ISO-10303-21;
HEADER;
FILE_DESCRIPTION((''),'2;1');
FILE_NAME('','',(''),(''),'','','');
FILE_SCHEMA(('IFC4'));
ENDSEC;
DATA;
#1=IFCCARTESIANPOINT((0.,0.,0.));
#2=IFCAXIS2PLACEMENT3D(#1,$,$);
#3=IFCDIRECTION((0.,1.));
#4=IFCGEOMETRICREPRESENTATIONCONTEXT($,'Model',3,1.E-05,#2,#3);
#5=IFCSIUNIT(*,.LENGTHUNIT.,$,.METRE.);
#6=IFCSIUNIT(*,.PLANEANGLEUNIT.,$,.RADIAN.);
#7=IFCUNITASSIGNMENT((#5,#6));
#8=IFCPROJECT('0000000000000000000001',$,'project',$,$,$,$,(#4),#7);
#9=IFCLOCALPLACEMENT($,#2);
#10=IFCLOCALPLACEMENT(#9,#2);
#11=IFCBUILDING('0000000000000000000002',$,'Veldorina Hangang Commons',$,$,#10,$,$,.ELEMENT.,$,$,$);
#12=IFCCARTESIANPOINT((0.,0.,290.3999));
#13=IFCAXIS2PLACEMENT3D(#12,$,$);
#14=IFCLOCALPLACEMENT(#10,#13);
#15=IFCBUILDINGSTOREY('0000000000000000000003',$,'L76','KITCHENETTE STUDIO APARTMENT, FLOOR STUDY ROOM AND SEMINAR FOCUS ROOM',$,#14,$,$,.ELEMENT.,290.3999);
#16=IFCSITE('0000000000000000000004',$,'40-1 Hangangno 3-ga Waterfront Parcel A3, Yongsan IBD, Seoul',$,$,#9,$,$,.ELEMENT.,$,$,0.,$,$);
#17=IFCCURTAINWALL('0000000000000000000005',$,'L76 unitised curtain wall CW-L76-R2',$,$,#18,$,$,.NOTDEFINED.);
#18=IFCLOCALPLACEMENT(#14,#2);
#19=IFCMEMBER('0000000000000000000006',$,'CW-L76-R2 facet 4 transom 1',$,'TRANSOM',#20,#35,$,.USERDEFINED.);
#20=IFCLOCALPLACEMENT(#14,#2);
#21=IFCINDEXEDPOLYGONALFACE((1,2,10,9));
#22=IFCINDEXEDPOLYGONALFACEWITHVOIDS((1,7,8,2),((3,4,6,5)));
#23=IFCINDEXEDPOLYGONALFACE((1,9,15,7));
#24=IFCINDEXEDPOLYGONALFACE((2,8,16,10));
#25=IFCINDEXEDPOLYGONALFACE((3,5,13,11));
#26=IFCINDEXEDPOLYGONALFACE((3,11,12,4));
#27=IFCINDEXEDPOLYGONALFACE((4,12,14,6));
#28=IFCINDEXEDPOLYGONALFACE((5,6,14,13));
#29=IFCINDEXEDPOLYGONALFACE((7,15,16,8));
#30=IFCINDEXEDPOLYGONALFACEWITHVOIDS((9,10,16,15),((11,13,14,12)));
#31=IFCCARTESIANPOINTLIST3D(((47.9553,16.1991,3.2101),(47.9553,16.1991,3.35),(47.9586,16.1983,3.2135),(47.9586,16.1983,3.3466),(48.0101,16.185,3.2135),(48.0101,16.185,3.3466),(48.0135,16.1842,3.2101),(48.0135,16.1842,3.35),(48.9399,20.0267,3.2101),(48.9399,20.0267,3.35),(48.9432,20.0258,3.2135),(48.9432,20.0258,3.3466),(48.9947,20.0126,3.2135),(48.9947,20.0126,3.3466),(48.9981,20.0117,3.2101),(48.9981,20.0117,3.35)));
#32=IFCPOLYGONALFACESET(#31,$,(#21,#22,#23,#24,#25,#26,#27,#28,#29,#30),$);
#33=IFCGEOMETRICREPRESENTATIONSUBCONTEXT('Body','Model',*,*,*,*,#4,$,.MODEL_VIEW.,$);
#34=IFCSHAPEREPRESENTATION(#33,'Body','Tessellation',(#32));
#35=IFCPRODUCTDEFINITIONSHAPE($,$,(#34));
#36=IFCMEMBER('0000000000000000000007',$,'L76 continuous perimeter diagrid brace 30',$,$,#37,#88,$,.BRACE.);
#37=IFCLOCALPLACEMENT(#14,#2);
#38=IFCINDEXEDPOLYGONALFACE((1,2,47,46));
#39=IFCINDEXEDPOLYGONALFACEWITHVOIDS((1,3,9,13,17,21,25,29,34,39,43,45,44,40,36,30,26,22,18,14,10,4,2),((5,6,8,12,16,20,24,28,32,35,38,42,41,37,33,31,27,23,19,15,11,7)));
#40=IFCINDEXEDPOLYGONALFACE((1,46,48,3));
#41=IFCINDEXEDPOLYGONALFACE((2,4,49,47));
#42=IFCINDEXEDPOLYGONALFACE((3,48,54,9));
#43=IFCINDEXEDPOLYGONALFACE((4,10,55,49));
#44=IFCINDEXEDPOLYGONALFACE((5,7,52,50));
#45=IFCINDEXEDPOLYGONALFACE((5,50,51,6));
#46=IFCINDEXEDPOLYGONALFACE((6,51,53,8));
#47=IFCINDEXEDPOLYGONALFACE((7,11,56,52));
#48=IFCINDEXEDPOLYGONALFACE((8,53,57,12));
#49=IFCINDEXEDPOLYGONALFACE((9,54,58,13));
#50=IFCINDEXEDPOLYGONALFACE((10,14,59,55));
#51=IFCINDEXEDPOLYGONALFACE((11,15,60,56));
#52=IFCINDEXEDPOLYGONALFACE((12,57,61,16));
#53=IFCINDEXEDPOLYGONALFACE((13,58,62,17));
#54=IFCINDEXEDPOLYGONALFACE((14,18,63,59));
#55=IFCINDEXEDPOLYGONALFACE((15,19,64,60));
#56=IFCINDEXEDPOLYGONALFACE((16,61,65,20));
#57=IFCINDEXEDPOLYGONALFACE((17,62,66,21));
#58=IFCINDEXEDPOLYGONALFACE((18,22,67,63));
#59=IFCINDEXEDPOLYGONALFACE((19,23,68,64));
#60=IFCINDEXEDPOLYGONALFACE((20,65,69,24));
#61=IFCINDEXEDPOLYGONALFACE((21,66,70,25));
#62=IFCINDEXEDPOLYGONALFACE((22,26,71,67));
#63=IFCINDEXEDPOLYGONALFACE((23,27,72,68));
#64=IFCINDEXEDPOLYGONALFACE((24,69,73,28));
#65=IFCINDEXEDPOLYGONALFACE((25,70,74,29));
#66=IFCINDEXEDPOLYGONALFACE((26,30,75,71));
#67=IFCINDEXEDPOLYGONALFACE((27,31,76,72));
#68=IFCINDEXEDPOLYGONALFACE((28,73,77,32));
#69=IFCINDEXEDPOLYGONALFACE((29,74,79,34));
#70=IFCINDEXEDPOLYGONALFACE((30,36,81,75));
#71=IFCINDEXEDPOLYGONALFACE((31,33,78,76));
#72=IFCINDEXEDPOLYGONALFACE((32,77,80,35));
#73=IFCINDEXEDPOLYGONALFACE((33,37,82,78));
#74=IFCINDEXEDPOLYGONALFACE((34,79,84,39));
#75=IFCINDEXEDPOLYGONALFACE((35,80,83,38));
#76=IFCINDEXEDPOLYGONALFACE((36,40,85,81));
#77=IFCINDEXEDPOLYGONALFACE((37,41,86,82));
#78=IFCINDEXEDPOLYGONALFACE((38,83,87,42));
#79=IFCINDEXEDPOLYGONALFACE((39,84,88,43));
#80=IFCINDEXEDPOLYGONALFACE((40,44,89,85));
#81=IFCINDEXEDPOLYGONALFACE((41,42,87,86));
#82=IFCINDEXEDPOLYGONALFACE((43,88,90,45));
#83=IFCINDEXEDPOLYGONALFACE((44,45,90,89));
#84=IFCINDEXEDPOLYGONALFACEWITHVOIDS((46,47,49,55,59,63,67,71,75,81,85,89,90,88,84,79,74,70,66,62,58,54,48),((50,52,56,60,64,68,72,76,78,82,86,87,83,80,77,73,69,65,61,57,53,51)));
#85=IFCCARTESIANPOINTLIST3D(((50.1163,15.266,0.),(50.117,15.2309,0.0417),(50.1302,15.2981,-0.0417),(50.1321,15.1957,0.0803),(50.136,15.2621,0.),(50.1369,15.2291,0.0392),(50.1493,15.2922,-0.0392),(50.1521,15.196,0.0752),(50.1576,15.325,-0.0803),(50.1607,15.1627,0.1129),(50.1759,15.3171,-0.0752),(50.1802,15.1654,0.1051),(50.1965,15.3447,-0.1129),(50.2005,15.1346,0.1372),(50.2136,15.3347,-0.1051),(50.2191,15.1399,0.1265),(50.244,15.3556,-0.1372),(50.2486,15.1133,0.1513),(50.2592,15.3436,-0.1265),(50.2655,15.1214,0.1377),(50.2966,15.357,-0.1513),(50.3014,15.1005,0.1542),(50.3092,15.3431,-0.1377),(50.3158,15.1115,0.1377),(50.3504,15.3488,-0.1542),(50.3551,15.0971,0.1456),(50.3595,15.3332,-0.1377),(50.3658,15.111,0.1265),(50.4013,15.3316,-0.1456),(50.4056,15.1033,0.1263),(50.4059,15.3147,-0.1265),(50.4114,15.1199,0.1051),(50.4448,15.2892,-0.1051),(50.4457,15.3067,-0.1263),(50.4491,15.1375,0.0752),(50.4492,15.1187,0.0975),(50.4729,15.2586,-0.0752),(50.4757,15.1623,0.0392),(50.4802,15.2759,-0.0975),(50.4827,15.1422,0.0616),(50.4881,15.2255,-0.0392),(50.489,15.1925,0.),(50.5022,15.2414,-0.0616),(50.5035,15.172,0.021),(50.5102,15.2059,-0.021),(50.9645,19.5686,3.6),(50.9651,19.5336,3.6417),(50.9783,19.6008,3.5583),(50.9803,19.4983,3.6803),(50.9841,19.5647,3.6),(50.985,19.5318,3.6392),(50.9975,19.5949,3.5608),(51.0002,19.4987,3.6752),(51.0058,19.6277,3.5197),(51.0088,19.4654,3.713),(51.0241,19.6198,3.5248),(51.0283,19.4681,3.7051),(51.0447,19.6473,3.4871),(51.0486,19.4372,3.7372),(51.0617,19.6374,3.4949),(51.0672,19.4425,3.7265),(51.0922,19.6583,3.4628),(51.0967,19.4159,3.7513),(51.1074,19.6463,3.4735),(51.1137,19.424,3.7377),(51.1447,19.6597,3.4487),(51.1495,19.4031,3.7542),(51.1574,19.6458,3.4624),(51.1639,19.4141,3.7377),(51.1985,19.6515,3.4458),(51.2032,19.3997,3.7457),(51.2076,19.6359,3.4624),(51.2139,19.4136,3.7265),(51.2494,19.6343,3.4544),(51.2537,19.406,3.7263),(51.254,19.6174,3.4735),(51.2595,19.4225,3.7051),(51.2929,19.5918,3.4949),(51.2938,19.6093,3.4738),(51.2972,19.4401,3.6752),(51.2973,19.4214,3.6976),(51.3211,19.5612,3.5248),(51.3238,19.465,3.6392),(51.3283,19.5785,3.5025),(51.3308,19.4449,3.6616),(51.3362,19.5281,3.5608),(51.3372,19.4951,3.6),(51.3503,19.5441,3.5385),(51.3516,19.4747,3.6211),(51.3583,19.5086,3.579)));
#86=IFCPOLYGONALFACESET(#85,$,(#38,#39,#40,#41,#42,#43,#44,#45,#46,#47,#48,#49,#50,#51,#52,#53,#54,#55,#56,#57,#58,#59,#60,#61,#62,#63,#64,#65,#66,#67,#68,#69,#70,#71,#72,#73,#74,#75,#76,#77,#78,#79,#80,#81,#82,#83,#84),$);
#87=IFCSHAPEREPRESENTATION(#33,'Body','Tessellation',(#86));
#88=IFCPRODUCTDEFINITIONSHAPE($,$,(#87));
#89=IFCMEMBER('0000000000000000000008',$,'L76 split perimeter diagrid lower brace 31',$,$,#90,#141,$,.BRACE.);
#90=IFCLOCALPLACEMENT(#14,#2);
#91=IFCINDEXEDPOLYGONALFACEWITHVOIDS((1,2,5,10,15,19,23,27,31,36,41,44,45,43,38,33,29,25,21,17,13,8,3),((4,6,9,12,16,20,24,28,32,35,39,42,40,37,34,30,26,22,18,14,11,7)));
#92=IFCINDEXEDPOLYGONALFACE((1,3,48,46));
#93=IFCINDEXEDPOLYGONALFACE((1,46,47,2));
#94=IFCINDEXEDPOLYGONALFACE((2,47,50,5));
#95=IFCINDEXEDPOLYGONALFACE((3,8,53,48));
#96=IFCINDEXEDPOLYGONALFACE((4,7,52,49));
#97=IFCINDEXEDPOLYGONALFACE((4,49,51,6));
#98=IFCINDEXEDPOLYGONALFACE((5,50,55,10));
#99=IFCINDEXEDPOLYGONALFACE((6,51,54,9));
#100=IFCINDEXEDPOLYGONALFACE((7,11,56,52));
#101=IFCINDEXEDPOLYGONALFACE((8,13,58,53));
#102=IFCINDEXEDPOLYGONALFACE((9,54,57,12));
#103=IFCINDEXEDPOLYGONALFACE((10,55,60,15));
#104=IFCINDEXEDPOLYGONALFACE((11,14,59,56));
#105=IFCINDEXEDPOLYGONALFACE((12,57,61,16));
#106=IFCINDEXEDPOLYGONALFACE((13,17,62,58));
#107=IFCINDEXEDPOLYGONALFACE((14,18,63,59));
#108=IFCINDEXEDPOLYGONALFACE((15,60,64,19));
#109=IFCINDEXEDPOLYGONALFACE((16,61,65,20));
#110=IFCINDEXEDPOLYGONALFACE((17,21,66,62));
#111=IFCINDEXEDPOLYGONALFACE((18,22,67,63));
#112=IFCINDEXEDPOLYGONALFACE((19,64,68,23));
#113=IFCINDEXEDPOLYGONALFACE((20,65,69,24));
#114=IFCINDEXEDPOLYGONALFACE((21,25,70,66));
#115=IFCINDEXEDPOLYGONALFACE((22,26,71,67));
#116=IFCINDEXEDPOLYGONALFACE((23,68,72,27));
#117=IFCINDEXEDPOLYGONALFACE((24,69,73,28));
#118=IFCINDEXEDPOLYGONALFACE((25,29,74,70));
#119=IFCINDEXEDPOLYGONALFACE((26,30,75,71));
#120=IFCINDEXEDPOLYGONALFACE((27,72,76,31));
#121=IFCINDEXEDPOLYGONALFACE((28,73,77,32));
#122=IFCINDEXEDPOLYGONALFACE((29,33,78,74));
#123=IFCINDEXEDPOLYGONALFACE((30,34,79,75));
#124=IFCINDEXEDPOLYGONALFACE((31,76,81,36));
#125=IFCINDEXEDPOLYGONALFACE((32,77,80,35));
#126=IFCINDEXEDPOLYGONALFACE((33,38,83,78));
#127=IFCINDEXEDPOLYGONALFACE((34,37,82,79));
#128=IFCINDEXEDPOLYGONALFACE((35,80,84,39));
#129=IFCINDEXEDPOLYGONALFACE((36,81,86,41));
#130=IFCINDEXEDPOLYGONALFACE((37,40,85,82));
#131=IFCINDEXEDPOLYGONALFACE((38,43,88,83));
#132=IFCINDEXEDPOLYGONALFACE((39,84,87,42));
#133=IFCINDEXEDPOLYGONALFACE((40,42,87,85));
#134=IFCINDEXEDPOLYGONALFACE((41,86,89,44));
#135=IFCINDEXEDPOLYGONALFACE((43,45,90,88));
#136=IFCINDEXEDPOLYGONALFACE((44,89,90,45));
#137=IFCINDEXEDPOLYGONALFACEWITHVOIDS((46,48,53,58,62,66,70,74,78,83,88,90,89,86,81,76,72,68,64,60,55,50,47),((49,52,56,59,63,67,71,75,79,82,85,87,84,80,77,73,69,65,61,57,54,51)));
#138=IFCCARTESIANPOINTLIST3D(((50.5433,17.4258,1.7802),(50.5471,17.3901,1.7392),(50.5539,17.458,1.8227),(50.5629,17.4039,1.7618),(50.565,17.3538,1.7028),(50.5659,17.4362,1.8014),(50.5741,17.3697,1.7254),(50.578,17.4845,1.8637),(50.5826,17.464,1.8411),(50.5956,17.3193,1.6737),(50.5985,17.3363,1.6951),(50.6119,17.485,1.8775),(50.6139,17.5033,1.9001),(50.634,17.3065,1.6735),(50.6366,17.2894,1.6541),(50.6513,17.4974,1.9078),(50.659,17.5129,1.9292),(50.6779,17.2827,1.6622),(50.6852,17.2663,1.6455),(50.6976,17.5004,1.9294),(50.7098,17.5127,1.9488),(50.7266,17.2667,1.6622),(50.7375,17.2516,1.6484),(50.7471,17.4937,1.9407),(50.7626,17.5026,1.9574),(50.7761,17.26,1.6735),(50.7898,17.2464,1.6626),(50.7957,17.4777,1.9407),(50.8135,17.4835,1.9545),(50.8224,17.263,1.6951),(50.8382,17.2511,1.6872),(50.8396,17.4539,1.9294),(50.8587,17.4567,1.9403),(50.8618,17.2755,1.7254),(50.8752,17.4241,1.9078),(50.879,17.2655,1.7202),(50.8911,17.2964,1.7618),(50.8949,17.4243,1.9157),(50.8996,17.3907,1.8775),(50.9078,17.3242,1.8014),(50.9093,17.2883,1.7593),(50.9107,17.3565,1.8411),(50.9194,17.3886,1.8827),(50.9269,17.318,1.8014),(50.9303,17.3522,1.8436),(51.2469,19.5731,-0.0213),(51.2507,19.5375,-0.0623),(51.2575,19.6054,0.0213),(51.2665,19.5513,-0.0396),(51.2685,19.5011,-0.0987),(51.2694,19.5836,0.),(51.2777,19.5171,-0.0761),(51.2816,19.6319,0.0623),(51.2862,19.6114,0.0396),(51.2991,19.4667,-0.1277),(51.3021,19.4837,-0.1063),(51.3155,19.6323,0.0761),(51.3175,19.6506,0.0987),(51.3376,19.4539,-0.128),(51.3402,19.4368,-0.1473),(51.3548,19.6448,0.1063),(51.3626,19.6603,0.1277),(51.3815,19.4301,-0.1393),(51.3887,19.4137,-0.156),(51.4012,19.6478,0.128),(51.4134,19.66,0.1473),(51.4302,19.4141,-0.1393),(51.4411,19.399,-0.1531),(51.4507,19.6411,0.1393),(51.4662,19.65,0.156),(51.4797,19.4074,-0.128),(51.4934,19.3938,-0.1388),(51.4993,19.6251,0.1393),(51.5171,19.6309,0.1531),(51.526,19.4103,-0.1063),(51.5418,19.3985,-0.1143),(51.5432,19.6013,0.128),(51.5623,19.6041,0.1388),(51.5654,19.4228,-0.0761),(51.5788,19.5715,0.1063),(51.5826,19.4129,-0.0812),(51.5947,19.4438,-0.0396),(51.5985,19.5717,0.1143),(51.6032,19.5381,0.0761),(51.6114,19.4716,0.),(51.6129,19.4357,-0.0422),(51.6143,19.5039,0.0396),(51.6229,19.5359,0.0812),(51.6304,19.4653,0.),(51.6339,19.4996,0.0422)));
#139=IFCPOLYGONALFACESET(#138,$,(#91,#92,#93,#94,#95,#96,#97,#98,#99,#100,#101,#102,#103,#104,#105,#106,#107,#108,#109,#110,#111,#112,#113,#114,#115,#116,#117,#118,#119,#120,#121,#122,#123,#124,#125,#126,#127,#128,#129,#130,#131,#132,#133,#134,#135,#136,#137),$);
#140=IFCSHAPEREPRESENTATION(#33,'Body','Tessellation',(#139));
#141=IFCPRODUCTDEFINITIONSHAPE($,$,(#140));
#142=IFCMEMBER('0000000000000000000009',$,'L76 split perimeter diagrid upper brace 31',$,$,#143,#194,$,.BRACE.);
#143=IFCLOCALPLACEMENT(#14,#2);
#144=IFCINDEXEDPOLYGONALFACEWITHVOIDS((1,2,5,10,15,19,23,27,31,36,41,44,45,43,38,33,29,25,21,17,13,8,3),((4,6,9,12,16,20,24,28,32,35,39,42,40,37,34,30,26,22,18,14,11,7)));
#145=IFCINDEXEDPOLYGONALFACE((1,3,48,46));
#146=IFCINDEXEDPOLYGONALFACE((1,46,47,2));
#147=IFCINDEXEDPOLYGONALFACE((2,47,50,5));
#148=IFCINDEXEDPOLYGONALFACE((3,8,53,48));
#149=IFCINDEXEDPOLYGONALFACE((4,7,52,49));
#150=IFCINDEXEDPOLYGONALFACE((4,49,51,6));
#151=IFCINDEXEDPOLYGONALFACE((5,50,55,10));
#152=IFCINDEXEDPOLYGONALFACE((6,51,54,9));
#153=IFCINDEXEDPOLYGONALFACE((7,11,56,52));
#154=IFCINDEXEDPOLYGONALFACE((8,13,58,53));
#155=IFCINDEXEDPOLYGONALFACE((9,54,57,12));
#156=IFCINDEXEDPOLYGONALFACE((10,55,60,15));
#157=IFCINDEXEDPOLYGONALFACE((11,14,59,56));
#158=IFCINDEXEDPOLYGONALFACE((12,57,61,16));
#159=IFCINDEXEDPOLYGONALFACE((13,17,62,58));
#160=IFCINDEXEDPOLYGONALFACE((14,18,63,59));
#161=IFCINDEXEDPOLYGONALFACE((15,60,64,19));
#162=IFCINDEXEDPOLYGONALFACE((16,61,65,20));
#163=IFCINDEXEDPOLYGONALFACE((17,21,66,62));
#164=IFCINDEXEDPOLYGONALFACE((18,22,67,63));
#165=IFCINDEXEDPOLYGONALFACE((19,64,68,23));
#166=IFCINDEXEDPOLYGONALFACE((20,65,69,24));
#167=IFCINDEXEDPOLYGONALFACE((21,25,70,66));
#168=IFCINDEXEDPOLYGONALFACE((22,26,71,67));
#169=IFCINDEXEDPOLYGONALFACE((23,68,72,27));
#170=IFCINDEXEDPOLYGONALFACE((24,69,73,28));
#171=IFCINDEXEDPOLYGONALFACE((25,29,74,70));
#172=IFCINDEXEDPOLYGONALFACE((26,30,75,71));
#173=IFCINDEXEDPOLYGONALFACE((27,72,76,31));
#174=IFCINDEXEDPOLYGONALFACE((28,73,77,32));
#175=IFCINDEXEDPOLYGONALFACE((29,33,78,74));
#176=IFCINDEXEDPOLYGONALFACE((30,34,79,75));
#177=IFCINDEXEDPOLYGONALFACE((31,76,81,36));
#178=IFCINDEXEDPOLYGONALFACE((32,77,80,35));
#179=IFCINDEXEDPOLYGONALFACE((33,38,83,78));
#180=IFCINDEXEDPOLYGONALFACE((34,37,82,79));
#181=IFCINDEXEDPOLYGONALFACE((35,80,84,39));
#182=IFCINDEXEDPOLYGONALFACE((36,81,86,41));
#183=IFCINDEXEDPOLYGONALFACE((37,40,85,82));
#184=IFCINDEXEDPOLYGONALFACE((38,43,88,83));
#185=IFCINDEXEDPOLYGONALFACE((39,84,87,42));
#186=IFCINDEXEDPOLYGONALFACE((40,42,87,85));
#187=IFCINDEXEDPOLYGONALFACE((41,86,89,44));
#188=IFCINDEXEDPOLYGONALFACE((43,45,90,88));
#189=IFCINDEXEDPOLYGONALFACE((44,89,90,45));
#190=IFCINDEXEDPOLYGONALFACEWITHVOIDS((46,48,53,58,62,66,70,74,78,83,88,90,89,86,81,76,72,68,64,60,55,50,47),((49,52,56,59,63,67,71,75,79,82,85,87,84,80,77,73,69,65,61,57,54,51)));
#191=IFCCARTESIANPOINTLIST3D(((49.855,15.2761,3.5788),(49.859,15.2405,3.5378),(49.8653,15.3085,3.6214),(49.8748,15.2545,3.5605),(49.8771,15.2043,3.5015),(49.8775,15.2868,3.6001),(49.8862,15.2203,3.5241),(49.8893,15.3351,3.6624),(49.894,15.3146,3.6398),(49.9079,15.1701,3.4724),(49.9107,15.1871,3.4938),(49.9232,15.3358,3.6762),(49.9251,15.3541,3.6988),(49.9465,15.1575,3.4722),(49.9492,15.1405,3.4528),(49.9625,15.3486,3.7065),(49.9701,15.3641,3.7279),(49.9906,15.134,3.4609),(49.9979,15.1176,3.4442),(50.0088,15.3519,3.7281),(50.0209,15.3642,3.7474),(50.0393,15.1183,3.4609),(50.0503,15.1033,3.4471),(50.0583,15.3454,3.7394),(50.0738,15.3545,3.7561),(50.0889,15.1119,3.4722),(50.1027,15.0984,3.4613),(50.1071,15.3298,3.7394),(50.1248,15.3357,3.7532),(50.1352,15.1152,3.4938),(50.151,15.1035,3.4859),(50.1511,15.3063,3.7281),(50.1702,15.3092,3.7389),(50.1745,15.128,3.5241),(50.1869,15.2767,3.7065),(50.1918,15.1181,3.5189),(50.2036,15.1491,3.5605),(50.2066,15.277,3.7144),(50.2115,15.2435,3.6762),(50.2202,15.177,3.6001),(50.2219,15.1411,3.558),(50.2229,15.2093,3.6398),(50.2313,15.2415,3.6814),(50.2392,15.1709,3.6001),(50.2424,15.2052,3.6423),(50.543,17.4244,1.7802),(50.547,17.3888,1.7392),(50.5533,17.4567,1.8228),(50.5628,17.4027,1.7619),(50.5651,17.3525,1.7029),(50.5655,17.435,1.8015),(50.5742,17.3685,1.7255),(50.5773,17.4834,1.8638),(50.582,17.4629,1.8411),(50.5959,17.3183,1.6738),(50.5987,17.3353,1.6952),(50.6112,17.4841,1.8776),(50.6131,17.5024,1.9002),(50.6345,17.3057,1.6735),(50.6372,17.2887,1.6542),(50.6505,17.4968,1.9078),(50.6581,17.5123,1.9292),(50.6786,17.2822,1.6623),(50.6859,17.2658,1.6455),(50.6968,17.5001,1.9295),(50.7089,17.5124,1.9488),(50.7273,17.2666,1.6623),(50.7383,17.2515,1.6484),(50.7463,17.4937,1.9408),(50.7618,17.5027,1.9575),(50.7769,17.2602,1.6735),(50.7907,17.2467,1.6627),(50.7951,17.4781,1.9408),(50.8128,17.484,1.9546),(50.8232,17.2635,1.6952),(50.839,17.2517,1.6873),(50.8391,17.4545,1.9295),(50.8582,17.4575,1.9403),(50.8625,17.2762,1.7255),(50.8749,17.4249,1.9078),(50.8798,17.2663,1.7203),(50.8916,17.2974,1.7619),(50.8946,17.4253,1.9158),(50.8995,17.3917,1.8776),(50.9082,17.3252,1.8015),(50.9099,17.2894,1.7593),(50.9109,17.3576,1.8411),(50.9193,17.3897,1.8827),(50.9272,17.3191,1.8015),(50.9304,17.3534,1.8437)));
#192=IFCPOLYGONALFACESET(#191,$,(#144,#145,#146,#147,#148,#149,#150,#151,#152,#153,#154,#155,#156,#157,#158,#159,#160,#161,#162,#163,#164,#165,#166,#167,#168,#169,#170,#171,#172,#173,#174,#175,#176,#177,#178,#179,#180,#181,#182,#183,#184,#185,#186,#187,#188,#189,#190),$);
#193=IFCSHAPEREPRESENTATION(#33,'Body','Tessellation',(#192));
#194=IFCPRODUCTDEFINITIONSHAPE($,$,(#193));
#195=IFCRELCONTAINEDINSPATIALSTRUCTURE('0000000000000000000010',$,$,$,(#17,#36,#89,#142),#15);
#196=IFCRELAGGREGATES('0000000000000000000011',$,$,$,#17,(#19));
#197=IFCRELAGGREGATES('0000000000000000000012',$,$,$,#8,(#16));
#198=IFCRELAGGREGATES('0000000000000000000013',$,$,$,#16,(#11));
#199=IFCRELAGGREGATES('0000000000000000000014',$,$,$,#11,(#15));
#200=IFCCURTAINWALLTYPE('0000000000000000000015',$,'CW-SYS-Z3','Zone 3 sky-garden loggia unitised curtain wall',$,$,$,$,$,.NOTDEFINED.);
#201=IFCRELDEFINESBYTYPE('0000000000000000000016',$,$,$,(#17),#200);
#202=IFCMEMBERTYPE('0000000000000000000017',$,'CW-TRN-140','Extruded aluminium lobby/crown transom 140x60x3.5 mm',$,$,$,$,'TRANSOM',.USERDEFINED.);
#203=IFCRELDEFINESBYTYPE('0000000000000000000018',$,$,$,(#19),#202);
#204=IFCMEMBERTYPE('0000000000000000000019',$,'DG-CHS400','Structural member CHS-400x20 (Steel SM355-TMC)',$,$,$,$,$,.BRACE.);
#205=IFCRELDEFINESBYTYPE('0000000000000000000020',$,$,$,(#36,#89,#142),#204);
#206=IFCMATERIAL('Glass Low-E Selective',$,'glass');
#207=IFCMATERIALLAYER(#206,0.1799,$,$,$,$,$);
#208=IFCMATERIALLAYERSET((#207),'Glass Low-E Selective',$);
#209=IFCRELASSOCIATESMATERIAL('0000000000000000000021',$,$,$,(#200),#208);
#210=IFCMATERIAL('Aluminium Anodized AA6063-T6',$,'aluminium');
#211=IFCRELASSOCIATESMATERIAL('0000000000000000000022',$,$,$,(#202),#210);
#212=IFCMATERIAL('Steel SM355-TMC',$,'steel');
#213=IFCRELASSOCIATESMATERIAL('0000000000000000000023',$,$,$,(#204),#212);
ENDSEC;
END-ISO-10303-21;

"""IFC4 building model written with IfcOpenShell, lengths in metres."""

from ifc_helpers import new_model, si_unit, direction, frame, origin, origin_2d, place, context, subcontext, project, spatial, hollow_rectangle, hollow_circle, extrude, material, layer, layer_set, material_profile, profile_set, type_object, element, aggregate, save


model = new_model("IFC4")

# Units and contexts
model_context = context("Model", 3, precision=1e-05, world=origin(), true_north=direction((0.0, 1.0)))
body_context = subcontext(model_context, "Body", "Model", "MODEL_VIEW")
ifc_project = project(units=[si_unit("LENGTHUNIT", "METRE"), si_unit("PLANEANGLEUNIT", "RADIAN")], contexts=[model_context])

# Site, building, storey
site_placement = place(None, origin())
site = spatial("IfcSite", under=ifc_project, at=site_placement, Name="40-1 Hangangno 3-ga Waterfront Parcel A3, Yongsan IBD, Seoul", CompositionType="ELEMENT", RefElevation=0.0)
building_placement = place(site_placement, origin())
building = spatial("IfcBuilding", under=site, at=building_placement, Name="Veldorina Hangang Commons", CompositionType="ELEMENT")
storey_placement = place(building_placement, frame((0.0, 0.0, 290.3999)))
storey = spatial("IfcBuildingStorey", under=building, at=storey_placement, Name="L76", Description="KITCHENETTE STUDIO APARTMENT, FLOOR STUDY ROOM AND SEMINAR FOCUS ROOM", CompositionType="ELEMENT", Elevation=290.3999)

# Shared definitions
ifc_material_1 = material(Name="Steel SM355-TMC", Category="steel")

# Curtain wall, member
ifc_material_2 = material(Name="Glass Low-E Selective", Category="glass")
ifc_layer_1 = layer(ifc_material_2, 0.1799)
ifc_layer_set_1 = layer_set([ifc_layer_1], Name="Glass Low-E Selective")
curtain_wall_type = type_object("IfcCurtainWallType", Name="CW-SYS-Z3", Description="Zone 3 sky-garden loggia unitised curtain wall", PredefinedType="NOTDEFINED", material=ifc_layer_set_1)
curtain_wall_placement = place(storey_placement, origin())
curtain_wall = element("IfcCurtainWall", 1, at=curtain_wall_placement, inside=storey, type_object=curtain_wall_type, Name="L76 unitised curtain wall CW-L76-R2", PredefinedType="NOTDEFINED")
ifc_material_3 = material(Name="Aluminium Anodized AA6063-T6", Category="aluminium")
ifc_material_profile_1 = material_profile(ifc_material_3, hollow_rectangle(XDim=0.0601, YDim=0.1399, WallThickness=0.0034, at=origin_2d()), Name="ALU-RHS-140x60x3.5")
ifc_profile_set_1 = profile_set([ifc_material_profile_1], Name="Aluminium Anodized AA6063-T6")
member_type_1 = type_object("IfcMemberType", Name="CW-TRN-140", Description="Extruded aluminium lobby/crown transom 140x60x3.5 mm", ElementType="TRANSOM", PredefinedType="USERDEFINED", material=ifc_profile_set_1)
member_1_placement = place(storey_placement, frame((47.9844, 16.1917, 3.28), z_axis=(0.249129, 0.96847, 0.0), x_axis=(-0.96847, 0.249129, 0.0)))
member_1 = element("IfcMember", 2, at=member_1_placement, type_object=member_type_1, Name="CW-L76-R2 facet 4 transom 1", ObjectType="TRANSOM", PredefinedType="USERDEFINED", context=body_context, shape_type="SweptSolid", body=[
    extrude(hollow_rectangle(XDim=0.0601, YDim=0.1399, WallThickness=0.0034, at=origin_2d()), origin(), (0.0, 0.0, 1.0), 3.9521),
])

# Members
ifc_material_profile_2 = material_profile(ifc_material_1, hollow_circle(Radius=0.2, WallThickness=0.02, at=origin_2d()), Name="CHS-400x20")
ifc_profile_set_2 = profile_set([ifc_material_profile_2], Name="Steel SM355-TMC")
member_type_2 = type_object("IfcMemberType", Name="DG-CHS400", Description="Structural member CHS-400x20 (Steel SM355-TMC)", PredefinedType="BRACE", material=ifc_profile_set_2)
member_2_placement = place(storey_placement, frame((50.3125, 15.2273, 0.0), z_axis=(0.149481, 0.758333, 0.634497), x_axis=(-0.981121, 0.193396, 0.0)))
element("IfcMember", 3, at=member_2_placement, inside=storey, type_object=member_type_2, Name="L76 continuous perimeter diagrid brace 30", PredefinedType="BRACE", context=body_context, shape_type="SweptSolid", body=[
    extrude(hollow_circle(Radius=0.2, WallThickness=0.02, at=origin_2d()), origin(), (0.0, 0.0, 1.0), 5.6738),
])
member_3_placement = place(storey_placement, frame((51.4404, 19.5276, 0.0), z_axis=(-0.243465, -0.743066, 0.623361), x_axis=(0.950291, -0.311362, 0.0)))
element("IfcMember", 4, at=member_3_placement, inside=storey, type_object=member_type_2, Name="L76 split perimeter diagrid lower brace 31", PredefinedType="BRACE", context=body_context, shape_type="SweptSolid", body=[
    extrude(hollow_circle(Radius=0.2, WallThickness=0.02, at=origin_2d()), origin(), (0.0, 0.0, 1.0), 2.8899),
])
member_4_placement = place(storey_placement, frame((50.7368, 17.3801, 1.8015), z_axis=(-0.238475, -0.744619, 0.623436), x_axis=(0.952351, -0.305003, 0.0)))
element("IfcMember", 5, at=member_4_placement, inside=storey, type_object=member_type_2, Name="L76 split perimeter diagrid upper brace 31", PredefinedType="BRACE", context=body_context, shape_type="SweptSolid", body=[
    extrude(hollow_circle(Radius=0.2, WallThickness=0.02, at=origin_2d()), origin(), (0.0, 0.0, 1.0), 2.885),
])

aggregate(curtain_wall, [member_1])

save(model, "model.ifc")
